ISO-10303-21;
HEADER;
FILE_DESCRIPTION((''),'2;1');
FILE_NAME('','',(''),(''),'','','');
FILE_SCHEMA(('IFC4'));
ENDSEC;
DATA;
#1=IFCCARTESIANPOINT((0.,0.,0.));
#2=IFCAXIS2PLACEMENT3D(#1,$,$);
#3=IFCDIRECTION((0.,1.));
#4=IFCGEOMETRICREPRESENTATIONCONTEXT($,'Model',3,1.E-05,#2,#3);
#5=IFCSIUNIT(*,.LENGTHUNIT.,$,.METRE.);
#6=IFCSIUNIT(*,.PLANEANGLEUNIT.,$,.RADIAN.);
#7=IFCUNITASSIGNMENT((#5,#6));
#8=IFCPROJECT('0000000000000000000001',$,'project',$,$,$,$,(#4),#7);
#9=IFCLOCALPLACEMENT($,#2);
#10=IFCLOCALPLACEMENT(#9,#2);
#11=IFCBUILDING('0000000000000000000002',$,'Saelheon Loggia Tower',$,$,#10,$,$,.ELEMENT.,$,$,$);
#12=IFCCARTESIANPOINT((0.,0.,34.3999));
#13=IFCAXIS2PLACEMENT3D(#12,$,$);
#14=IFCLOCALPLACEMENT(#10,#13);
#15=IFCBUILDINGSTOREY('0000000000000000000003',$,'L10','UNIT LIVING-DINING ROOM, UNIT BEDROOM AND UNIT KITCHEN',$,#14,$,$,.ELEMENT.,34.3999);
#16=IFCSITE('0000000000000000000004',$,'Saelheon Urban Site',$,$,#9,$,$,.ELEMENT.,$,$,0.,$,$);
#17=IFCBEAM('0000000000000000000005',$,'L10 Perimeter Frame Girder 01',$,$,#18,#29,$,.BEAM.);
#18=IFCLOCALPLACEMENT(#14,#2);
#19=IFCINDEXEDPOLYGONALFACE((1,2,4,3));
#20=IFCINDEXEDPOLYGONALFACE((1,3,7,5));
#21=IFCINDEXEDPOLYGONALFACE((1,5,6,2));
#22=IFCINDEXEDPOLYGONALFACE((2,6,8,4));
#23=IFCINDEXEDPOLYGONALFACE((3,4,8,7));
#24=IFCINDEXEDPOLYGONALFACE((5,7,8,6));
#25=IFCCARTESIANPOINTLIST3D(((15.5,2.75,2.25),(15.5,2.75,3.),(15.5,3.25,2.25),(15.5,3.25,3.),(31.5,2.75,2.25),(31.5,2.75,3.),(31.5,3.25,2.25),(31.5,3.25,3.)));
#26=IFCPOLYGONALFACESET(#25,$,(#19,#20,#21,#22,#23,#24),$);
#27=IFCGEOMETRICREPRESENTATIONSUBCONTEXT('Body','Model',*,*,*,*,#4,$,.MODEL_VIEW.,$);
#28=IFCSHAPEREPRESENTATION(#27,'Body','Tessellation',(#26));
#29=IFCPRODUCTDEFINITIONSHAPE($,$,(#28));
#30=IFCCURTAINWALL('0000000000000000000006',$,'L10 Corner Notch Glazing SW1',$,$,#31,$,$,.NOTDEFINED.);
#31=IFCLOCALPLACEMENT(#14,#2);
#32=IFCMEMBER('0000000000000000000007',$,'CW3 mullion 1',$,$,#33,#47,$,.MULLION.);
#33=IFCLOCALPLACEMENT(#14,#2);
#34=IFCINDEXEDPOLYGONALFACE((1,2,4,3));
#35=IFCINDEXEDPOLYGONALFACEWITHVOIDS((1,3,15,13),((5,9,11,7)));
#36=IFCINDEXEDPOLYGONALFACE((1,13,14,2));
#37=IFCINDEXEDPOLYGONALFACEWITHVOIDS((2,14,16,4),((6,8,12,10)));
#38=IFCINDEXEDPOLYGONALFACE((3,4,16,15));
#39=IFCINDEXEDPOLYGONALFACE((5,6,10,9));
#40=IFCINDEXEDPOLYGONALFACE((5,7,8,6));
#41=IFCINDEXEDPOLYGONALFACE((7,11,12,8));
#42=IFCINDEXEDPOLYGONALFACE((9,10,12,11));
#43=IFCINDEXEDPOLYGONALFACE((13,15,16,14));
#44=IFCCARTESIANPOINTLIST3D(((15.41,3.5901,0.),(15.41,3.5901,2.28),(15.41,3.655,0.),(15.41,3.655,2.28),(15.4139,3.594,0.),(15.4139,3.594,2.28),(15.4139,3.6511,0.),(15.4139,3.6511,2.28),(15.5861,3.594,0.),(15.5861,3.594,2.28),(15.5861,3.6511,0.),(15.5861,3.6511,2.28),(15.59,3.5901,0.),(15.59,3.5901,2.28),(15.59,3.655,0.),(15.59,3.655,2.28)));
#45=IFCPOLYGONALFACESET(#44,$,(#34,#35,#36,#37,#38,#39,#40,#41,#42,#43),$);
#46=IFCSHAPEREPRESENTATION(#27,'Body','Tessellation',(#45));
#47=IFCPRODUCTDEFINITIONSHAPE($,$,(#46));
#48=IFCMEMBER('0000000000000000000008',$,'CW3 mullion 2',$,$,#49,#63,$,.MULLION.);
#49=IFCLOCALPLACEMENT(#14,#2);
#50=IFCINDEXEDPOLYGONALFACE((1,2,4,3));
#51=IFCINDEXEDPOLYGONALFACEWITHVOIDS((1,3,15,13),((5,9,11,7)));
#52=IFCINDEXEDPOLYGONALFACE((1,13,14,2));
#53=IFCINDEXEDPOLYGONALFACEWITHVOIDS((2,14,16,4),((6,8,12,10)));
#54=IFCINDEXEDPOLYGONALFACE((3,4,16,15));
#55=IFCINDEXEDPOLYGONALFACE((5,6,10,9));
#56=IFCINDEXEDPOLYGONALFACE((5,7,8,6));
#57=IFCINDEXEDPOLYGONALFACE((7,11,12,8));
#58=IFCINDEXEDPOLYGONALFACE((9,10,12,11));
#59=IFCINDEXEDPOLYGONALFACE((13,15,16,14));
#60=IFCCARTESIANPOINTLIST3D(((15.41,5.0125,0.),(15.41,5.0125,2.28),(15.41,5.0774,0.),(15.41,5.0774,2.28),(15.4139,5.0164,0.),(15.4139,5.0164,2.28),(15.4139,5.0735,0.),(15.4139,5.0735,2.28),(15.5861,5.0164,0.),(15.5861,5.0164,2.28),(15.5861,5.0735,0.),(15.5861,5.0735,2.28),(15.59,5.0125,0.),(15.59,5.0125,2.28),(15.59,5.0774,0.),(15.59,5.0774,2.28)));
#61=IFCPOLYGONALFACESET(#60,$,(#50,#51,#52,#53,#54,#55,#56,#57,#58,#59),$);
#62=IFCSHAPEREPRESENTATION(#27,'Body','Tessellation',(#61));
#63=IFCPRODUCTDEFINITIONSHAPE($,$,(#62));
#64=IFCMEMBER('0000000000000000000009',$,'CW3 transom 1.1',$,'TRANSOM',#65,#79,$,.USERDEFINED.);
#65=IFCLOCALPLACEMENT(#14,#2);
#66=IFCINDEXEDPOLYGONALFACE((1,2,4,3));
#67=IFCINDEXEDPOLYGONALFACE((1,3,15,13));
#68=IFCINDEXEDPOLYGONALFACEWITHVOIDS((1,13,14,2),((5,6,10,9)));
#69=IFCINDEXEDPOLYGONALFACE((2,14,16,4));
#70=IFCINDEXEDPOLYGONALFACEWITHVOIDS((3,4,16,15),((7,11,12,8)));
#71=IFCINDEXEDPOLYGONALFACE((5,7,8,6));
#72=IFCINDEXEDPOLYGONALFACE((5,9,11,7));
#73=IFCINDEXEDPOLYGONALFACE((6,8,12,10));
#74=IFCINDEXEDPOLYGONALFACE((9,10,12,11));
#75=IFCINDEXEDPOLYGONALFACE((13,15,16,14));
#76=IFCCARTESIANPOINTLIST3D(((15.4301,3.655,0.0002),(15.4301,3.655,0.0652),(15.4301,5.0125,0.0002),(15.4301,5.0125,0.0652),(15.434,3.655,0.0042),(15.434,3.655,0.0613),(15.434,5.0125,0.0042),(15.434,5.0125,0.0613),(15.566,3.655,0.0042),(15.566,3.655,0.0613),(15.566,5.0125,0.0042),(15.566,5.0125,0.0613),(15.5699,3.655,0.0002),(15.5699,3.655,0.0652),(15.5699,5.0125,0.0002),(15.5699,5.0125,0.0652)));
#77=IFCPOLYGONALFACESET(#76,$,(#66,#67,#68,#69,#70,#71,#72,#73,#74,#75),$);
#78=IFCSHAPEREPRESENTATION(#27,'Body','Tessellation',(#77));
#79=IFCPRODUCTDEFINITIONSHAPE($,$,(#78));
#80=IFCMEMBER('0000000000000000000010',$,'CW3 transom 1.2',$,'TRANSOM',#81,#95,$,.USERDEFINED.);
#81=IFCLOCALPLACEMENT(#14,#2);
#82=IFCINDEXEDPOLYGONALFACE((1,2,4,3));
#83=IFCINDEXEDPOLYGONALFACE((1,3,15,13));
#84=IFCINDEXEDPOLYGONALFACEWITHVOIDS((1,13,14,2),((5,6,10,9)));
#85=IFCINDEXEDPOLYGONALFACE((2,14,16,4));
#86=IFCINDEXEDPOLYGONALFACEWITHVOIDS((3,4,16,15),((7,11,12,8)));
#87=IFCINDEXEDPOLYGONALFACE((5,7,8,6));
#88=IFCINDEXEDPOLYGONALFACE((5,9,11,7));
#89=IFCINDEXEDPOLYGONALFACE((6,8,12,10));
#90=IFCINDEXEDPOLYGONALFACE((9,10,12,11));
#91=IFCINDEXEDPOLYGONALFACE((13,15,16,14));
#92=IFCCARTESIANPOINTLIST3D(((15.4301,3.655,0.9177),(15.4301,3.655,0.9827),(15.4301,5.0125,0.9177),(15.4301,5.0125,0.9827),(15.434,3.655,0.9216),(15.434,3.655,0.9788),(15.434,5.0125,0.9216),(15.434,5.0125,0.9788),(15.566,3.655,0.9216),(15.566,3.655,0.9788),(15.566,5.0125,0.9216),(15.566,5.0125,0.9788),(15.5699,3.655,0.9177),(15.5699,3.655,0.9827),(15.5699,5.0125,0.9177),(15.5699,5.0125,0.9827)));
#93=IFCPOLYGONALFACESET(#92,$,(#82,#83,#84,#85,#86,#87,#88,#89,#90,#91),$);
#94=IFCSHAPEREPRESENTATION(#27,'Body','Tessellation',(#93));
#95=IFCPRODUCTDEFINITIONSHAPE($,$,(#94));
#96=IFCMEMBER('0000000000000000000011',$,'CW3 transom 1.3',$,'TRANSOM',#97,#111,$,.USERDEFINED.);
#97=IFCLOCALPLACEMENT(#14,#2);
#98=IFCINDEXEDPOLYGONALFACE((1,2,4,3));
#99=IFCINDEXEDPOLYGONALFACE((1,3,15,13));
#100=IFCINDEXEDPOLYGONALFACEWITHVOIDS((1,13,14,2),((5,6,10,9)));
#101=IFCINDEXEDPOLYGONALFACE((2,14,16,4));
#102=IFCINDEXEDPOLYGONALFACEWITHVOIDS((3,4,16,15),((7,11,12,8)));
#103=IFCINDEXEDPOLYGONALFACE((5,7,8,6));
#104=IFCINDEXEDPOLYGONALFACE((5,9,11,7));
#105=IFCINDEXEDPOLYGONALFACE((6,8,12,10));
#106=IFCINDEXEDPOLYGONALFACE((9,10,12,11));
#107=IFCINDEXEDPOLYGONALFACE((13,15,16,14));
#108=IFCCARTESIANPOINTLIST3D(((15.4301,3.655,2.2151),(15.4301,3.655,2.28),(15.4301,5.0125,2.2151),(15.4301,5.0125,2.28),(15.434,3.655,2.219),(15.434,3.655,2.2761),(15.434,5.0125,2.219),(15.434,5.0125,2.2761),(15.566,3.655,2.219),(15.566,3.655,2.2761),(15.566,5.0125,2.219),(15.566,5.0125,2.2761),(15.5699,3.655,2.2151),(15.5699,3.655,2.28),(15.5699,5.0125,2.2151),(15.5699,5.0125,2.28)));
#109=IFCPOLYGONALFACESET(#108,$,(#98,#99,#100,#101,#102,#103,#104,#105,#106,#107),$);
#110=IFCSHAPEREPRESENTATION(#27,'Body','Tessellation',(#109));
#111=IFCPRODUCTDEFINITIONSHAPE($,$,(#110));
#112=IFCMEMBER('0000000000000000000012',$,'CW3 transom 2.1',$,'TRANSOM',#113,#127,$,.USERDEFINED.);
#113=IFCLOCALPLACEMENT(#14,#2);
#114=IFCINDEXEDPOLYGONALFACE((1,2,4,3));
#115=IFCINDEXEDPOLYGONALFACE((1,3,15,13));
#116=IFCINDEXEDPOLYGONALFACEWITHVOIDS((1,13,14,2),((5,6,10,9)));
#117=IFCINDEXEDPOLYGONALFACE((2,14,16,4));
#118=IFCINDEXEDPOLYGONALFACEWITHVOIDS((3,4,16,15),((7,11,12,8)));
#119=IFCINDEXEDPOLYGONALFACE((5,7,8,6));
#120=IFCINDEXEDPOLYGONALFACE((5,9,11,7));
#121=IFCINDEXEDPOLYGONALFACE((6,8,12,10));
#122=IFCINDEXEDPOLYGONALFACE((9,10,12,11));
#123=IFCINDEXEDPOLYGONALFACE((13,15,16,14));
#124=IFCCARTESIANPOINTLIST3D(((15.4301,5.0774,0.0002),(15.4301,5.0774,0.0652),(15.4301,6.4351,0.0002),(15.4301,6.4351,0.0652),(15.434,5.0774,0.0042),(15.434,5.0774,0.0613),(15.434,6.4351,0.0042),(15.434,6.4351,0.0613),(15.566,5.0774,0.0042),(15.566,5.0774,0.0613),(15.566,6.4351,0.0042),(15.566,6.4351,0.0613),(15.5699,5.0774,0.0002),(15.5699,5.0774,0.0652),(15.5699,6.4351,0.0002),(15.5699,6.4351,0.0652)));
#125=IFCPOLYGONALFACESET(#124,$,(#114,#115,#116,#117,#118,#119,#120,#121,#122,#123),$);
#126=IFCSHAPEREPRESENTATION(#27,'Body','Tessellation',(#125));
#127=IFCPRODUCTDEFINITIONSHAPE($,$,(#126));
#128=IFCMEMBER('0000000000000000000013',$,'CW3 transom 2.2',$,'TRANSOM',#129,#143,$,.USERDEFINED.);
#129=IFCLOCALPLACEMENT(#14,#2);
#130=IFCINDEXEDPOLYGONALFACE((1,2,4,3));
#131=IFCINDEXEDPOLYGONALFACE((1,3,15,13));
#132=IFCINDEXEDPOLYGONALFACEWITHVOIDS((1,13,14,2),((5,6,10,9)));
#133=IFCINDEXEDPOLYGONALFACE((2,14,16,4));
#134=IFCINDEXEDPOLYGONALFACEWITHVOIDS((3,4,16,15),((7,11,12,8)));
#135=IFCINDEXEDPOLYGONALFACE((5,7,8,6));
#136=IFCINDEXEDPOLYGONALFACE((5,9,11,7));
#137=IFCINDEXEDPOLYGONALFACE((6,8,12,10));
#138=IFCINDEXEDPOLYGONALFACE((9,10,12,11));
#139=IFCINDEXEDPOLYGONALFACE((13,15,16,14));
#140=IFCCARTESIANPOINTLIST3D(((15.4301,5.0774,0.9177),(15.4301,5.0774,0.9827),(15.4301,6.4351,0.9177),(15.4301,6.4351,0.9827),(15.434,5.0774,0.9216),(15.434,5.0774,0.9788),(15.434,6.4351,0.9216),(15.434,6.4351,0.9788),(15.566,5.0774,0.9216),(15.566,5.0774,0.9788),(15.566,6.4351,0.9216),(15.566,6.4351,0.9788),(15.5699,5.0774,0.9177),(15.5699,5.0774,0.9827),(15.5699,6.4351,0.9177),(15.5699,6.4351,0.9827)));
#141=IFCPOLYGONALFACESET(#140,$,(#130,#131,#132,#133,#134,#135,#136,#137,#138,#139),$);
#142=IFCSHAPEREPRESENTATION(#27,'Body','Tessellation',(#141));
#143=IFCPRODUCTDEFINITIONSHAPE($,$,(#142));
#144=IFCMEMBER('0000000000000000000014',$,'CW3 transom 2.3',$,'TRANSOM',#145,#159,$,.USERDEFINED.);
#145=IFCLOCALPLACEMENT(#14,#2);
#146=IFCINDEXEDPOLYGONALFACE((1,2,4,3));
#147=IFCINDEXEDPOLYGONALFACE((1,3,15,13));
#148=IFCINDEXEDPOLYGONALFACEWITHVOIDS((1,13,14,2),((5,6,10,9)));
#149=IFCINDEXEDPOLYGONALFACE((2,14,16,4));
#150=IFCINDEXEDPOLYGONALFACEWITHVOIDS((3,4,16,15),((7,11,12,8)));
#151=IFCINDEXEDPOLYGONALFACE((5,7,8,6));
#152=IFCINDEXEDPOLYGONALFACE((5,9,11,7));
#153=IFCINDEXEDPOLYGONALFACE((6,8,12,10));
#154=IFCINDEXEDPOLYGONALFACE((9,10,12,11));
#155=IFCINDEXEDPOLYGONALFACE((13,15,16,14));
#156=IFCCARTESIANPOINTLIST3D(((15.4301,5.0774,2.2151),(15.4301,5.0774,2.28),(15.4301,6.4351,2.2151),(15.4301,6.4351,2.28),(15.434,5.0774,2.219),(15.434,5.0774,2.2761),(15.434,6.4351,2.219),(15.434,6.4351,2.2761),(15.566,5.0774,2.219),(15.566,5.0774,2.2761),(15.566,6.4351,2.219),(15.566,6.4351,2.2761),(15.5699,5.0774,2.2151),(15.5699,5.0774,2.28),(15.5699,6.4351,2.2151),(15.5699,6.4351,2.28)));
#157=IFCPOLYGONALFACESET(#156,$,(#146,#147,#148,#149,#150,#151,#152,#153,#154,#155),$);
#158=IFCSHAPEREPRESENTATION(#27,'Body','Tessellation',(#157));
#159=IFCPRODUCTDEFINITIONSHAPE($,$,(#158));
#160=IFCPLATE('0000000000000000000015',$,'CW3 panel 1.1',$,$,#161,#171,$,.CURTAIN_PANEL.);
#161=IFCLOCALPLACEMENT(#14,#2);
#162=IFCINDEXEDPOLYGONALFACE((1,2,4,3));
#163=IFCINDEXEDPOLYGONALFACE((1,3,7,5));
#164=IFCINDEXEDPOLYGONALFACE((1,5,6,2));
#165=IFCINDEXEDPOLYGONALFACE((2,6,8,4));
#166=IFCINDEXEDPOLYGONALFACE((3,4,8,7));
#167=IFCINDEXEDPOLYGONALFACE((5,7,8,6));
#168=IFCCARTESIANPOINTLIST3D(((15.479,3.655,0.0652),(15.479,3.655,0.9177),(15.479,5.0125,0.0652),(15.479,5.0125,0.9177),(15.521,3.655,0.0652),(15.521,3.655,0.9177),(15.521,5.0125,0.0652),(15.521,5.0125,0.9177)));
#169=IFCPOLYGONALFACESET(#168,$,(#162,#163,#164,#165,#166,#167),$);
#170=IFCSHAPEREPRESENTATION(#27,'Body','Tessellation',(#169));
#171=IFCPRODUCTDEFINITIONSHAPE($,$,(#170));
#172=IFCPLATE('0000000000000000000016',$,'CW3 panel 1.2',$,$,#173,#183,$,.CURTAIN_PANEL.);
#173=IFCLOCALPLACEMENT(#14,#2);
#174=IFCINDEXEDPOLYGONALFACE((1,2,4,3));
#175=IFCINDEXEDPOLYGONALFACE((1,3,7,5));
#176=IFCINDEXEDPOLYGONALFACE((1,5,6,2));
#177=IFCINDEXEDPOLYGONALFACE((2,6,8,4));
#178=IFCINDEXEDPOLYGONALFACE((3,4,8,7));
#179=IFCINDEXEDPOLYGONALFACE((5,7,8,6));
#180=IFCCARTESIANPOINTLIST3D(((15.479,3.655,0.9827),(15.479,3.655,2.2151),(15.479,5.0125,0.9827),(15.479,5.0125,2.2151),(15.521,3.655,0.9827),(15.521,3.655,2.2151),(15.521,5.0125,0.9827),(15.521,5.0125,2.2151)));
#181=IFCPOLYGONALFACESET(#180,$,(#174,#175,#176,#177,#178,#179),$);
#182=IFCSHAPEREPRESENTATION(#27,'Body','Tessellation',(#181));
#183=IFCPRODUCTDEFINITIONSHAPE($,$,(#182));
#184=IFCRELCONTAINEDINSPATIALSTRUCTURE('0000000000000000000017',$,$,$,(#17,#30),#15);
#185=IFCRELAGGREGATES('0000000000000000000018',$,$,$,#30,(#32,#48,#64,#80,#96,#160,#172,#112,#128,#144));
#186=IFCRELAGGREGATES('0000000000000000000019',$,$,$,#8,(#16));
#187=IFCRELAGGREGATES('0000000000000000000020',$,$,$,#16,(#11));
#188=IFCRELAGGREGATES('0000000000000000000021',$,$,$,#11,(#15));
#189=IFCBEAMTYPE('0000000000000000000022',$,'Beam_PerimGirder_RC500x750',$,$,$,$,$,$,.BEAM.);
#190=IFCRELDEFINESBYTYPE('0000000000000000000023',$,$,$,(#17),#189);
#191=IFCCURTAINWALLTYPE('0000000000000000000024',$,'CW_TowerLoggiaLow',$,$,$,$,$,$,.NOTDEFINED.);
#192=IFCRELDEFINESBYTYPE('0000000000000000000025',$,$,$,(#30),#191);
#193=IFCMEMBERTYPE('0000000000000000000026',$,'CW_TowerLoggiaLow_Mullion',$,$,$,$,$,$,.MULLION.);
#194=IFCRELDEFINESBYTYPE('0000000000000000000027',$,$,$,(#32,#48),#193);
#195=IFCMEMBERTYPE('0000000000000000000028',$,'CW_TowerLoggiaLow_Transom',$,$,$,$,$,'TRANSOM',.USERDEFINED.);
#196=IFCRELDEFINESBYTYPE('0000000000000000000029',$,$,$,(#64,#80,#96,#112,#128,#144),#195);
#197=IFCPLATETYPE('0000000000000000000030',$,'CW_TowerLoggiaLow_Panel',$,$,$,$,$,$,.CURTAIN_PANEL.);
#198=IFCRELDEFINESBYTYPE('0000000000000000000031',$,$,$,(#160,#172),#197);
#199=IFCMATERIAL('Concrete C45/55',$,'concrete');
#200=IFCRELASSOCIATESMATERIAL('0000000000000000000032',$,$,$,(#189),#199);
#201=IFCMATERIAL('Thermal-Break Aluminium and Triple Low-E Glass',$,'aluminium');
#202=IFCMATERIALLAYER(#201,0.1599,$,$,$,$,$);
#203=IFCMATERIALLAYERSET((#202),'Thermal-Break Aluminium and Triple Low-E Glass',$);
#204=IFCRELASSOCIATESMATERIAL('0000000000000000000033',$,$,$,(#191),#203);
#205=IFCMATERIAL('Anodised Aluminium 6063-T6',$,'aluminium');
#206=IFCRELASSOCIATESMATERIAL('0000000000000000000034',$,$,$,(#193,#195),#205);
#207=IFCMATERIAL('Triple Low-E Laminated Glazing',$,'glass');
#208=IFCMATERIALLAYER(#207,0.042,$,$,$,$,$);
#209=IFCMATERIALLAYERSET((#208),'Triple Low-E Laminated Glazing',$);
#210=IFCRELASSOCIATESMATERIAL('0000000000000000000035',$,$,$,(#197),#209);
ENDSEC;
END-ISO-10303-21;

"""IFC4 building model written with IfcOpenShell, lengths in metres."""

from ifc_helpers import new_model, si_unit, direction, frame, origin, origin_2d, place, context, subcontext, project, spatial, rectangle, hollow_rectangle, extrude, source, transform, mapped, material, layer, layer_set, material_profile, profile_set, type_object, element, aggregate, save


model = new_model("IFC4")

# Units and contexts
model_context = context("Model", 3, precision=1e-05, world=origin(), true_north=direction((0.0, 1.0)))
body_context = subcontext(model_context, "Body", "Model", "MODEL_VIEW")
ifc_project = project(units=[si_unit("LENGTHUNIT", "METRE"), si_unit("PLANEANGLEUNIT", "RADIAN")], contexts=[model_context])

# Site, building, storey
site_placement = place(None, origin())
site = spatial("IfcSite", under=ifc_project, at=site_placement, Name="Saelheon Urban Site", CompositionType="ELEMENT", RefElevation=0.0)
building_placement = place(site_placement, origin())
building = spatial("IfcBuilding", under=site, at=building_placement, Name="Saelheon Loggia Tower", CompositionType="ELEMENT")
storey_placement = place(building_placement, frame((0.0, 0.0, 34.3999)))
storey = spatial("IfcBuildingStorey", under=building, at=storey_placement, Name="L10", Description="UNIT LIVING-DINING ROOM, UNIT BEDROOM AND UNIT KITCHEN", CompositionType="ELEMENT", Elevation=34.3999)

# Beam
ifc_material_1 = material(Name="Concrete C45/55", Category="concrete")
ifc_material_profile_1 = material_profile(ifc_material_1, rectangle(XDim=0.5, YDim=0.75, at=origin_2d()), Name="RC-500x750")
ifc_profile_set_1 = profile_set([ifc_material_profile_1], Name="Concrete C45/55")
beam_type = type_object("IfcBeamType", Name="Beam_PerimGirder_RC500x750", PredefinedType="BEAM", material=ifc_profile_set_1)
shared_shape_1 = source(origin(), body_context, "Body", "SweptSolid", [
    extrude(rectangle(XDim=0.5, YDim=0.75, at=origin_2d()), origin(), (0.0, 0.0, 1.0), 16.0),
])
beam_placement = place(storey_placement, frame((15.5, 3.0, 2.625), z_axis=(1.0, 0.0, 0.0), x_axis=(0.0, 1.0, 0.0)))
element("IfcBeam", 1, at=beam_placement, inside=storey, type_object=beam_type, Name="L10 Perimeter Frame Girder 01", PredefinedType="BEAM", context=body_context, shape_type="MappedRepresentation", body=[
    mapped(shared_shape_1, transform((0.0, 0.0, 0.0), scale=1.0)),
])

# Curtain wall, members, plates
ifc_material_2 = material(Name="Thermal-Break Aluminium and Triple Low-E Glass", Category="aluminium")
ifc_layer_1 = layer(ifc_material_2, 0.1599)
ifc_layer_set_1 = layer_set([ifc_layer_1], Name="Thermal-Break Aluminium and Triple Low-E Glass")
curtain_wall_type = type_object("IfcCurtainWallType", Name="CW_TowerLoggiaLow", PredefinedType="NOTDEFINED", material=ifc_layer_set_1)
curtain_wall_placement = place(storey_placement, origin())
curtain_wall = element("IfcCurtainWall", 2, at=curtain_wall_placement, inside=storey, type_object=curtain_wall_type, Name="L10 Corner Notch Glazing SW1", PredefinedType="NOTDEFINED")
ifc_material_3 = material(Name="Anodised Aluminium 6063-T6", Category="aluminium")
ifc_material_profile_2 = material_profile(ifc_material_3, hollow_rectangle(XDim=0.0649, YDim=0.1799, WallThickness=0.0039, at=origin_2d()), Name="RHS-180x65x4")
ifc_profile_set_2 = profile_set([ifc_material_profile_2], Name="Anodised Aluminium 6063-T6")
member_type_1 = type_object("IfcMemberType", Name="CW_TowerLoggiaLow_Mullion", PredefinedType="MULLION", material=ifc_profile_set_2)
shared_shape_2 = source(origin(), body_context, "Body", "SweptSolid", [
    extrude(hollow_rectangle(XDim=0.0649, YDim=0.1799, WallThickness=0.0039, at=origin_2d()), origin(), (0.0, 0.0, 1.0), 2.28),
])
member_1_placement = place(storey_placement, frame((15.5, 3.6226, 0.0), z_axis=(0.0, 0.0, 1.0), x_axis=(0.0, 1.0, 0.0)))
member_1 = element("IfcMember", 3, at=member_1_placement, type_object=member_type_1, Name="CW3 mullion 1", PredefinedType="MULLION", context=body_context, shape_type="MappedRepresentation", body=[
    mapped(shared_shape_2, transform((0.0, 0.0, 0.0), scale=1.0)),
])
member_2_placement = place(storey_placement, frame((15.5, 5.0449, 0.0), z_axis=(0.0, 0.0, 1.0), x_axis=(0.0, 1.0, 0.0)))
member_2 = element("IfcMember", 4, at=member_2_placement, type_object=member_type_1, Name="CW3 mullion 2", PredefinedType="MULLION", context=body_context, shape_type="MappedRepresentation", body=[
    mapped(shared_shape_2, transform((0.0, 0.0, 0.0), scale=1.0)),
])
ifc_material_profile_3 = material_profile(ifc_material_3, hollow_rectangle(XDim=0.0649, YDim=0.1399, WallThickness=0.0039, at=origin_2d()), Name="RHS-140x65x4")
ifc_profile_set_3 = profile_set([ifc_material_profile_3], Name="Anodised Aluminium 6063-T6")
member_type_2 = type_object("IfcMemberType", Name="CW_TowerLoggiaLow_Transom", ElementType="TRANSOM", PredefinedType="USERDEFINED", material=ifc_profile_set_3)
shared_shape_3 = source(origin(), body_context, "Body", "SweptSolid", [
    extrude(hollow_rectangle(XDim=0.0649, YDim=0.1399, WallThickness=0.0039, at=origin_2d()), origin(), (0.0, 0.0, 1.0), 1.3574),
])
member_3_placement = place(storey_placement, frame((15.5, 3.655, 0.0327), z_axis=(0.0, 1.0, 0.0), x_axis=(0.0, 0.0, 1.0)))
member_3 = element("IfcMember", 5, at=member_3_placement, type_object=member_type_2, Name="CW3 transom 1.1", ObjectType="TRANSOM", PredefinedType="USERDEFINED", context=body_context, shape_type="MappedRepresentation", body=[
    mapped(shared_shape_3, transform((0.0, 0.0, 0.0), scale=1.0)),
])
member_4_placement = place(storey_placement, frame((15.5, 3.655, 0.9502), z_axis=(0.0, 1.0, 0.0), x_axis=(0.0, 0.0, 1.0)))
member_4 = element("IfcMember", 6, at=member_4_placement, type_object=member_type_2, Name="CW3 transom 1.2", ObjectType="TRANSOM", PredefinedType="USERDEFINED", context=body_context, shape_type="MappedRepresentation", body=[
    mapped(shared_shape_3, transform((0.0, 0.0, 0.0), scale=1.0)),
])
member_5_placement = place(storey_placement, frame((15.5, 3.655, 2.2476), z_axis=(0.0, 1.0, 0.0), x_axis=(0.0, 0.0, 1.0)))
member_5 = element("IfcMember", 7, at=member_5_placement, type_object=member_type_2, Name="CW3 transom 1.3", ObjectType="TRANSOM", PredefinedType="USERDEFINED", context=body_context, shape_type="MappedRepresentation", body=[
    mapped(shared_shape_3, transform((0.0, 0.0, 0.0), scale=1.0)),
])
shared_shape_4 = source(origin(), body_context, "Body", "SweptSolid", [
    extrude(hollow_rectangle(XDim=0.0649, YDim=0.1399, WallThickness=0.0039, at=origin_2d()), origin(), (0.0, 0.0, 1.0), 1.3577),
])
member_6_placement = place(storey_placement, frame((15.5, 5.0774, 0.0327), z_axis=(0.0, 1.0, 0.0), x_axis=(0.0, 0.0, 1.0)))
member_6 = element("IfcMember", 8, at=member_6_placement, type_object=member_type_2, Name="CW3 transom 2.1", ObjectType="TRANSOM", PredefinedType="USERDEFINED", context=body_context, shape_type="MappedRepresentation", body=[
    mapped(shared_shape_4, transform((0.0, 0.0, 0.0), scale=1.0)),
])
member_7_placement = place(storey_placement, frame((15.5, 5.0774, 0.9502), z_axis=(0.0, 1.0, 0.0), x_axis=(0.0, 0.0, 1.0)))
member_7 = element("IfcMember", 9, at=member_7_placement, type_object=member_type_2, Name="CW3 transom 2.2", ObjectType="TRANSOM", PredefinedType="USERDEFINED", context=body_context, shape_type="MappedRepresentation", body=[
    mapped(shared_shape_4, transform((0.0, 0.0, 0.0), scale=1.0)),
])
member_8_placement = place(storey_placement, frame((15.5, 5.0774, 2.2476), z_axis=(0.0, 1.0, 0.0), x_axis=(0.0, 0.0, 1.0)))
member_8 = element("IfcMember", 10, at=member_8_placement, type_object=member_type_2, Name="CW3 transom 2.3", ObjectType="TRANSOM", PredefinedType="USERDEFINED", context=body_context, shape_type="MappedRepresentation", body=[
    mapped(shared_shape_4, transform((0.0, 0.0, 0.0), scale=1.0)),
])
ifc_material_4 = material(Name="Triple Low-E Laminated Glazing", Category="glass")
ifc_layer_2 = layer(ifc_material_4, 0.042)
ifc_layer_set_2 = layer_set([ifc_layer_2], Name="Triple Low-E Laminated Glazing")
plate_type = type_object("IfcPlateType", Name="CW_TowerLoggiaLow_Panel", PredefinedType="CURTAIN_PANEL", material=ifc_layer_set_2)
shared_shape_5 = source(origin(), body_context, "Body", "SweptSolid", [
    extrude(rectangle(XDim=1.3574, YDim=0.042, at=origin_2d()), origin(), (0.0, 0.0, 1.0), 0.8525),
])
plate_1_placement = place(storey_placement, frame((15.5, 4.3337, 0.0652), z_axis=(0.0, 0.0, 1.0), x_axis=(0.0, 1.0, 0.0)))
plate_1 = element("IfcPlate", 11, at=plate_1_placement, type_object=plate_type, Name="CW3 panel 1.1", PredefinedType="CURTAIN_PANEL", context=body_context, shape_type="MappedRepresentation", body=[
    mapped(shared_shape_5, transform((0.0, 0.0, 0.0), scale=1.0)),
])
shared_shape_6 = source(origin(), body_context, "Body", "SweptSolid", [
    extrude(rectangle(XDim=1.3574, YDim=0.042, at=origin_2d()), origin(), (0.0, 0.0, 1.0), 1.2324),
])
plate_2_placement = place(storey_placement, frame((15.5, 4.3337, 0.9827), z_axis=(0.0, 0.0, 1.0), x_axis=(0.0, 1.0, 0.0)))
plate_2 = element("IfcPlate", 12, at=plate_2_placement, type_object=plate_type, Name="CW3 panel 1.2", PredefinedType="CURTAIN_PANEL", context=body_context, shape_type="MappedRepresentation", body=[
    mapped(shared_shape_6, transform((0.0, 0.0, 0.0), scale=1.0)),
])
aggregate(curtain_wall, [member_1, member_2, member_3, member_4, member_5, plate_1, plate_2, member_6, member_7, member_8])

save(model, "model.ifc")
